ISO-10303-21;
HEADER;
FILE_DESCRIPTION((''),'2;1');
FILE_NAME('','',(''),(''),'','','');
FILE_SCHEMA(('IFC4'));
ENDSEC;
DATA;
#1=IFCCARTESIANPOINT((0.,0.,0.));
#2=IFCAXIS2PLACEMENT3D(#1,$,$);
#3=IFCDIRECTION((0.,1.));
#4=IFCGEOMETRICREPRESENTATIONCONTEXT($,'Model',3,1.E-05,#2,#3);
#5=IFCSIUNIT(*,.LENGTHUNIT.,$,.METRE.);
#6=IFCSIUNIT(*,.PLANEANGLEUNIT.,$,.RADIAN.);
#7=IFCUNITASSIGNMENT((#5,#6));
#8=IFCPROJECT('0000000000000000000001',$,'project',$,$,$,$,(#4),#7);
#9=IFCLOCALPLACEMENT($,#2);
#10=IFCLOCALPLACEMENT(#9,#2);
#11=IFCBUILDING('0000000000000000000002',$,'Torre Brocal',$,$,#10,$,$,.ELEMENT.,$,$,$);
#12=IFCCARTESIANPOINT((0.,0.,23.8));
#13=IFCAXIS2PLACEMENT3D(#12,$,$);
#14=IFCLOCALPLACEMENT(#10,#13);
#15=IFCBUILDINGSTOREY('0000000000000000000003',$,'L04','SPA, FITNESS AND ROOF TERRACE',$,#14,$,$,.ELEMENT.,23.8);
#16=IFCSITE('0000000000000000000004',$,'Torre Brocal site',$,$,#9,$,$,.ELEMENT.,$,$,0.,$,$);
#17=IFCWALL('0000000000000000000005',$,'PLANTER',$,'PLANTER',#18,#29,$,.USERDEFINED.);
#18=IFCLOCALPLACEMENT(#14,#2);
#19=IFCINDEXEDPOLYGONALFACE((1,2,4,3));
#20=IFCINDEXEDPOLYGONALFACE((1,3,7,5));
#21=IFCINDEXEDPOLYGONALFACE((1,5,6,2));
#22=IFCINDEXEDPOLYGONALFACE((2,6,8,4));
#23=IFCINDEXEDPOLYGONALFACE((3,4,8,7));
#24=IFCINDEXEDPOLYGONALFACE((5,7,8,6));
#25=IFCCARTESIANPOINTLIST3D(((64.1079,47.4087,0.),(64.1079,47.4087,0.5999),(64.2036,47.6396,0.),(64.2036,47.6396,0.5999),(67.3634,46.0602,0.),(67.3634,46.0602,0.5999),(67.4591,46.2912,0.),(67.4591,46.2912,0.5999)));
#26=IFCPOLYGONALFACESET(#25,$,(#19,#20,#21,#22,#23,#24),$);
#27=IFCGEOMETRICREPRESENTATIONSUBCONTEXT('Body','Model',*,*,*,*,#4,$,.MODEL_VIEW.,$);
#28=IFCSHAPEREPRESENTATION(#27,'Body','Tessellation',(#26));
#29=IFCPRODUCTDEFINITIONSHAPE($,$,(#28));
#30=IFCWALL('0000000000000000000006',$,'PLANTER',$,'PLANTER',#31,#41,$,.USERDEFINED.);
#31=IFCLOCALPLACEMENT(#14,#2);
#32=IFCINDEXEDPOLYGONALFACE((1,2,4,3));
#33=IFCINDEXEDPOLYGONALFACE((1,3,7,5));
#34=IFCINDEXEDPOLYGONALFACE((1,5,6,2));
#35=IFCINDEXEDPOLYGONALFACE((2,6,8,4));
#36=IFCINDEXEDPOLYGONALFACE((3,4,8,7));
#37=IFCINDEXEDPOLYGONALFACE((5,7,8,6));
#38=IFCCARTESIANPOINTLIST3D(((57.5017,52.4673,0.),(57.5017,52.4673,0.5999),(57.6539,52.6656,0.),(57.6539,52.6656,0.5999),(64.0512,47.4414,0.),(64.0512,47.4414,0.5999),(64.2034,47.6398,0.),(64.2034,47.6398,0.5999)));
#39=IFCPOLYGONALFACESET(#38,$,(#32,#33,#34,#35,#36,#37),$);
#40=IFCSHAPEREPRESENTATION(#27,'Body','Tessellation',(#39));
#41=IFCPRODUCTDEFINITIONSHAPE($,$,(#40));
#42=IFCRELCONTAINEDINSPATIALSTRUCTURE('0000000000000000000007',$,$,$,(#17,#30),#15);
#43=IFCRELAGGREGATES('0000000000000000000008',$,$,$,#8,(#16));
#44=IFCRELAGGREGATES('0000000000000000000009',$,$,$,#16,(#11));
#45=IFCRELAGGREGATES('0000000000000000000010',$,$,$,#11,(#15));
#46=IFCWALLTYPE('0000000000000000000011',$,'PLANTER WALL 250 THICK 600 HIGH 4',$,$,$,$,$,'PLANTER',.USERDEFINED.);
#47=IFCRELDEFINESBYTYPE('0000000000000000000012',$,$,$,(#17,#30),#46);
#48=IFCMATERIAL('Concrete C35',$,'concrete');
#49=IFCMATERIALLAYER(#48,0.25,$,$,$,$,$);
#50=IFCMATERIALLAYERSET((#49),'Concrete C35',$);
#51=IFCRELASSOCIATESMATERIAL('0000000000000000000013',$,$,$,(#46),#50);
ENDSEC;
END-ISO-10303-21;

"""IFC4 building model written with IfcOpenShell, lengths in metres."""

from ifc_helpers import new_model, si_unit, direction, frame, frame_2d, origin, place, context, subcontext, project, spatial, rectangle, extrude, material, layer, layer_set, type_object, element, save


model = new_model("IFC4")

# Units and contexts
model_context = context("Model", 3, precision=1e-05, world=origin(), true_north=direction((0.0, 1.0)))
body_context = subcontext(model_context, "Body", "Model", "MODEL_VIEW")
ifc_project = project(units=[si_unit("LENGTHUNIT", "METRE"), si_unit("PLANEANGLEUNIT", "RADIAN")], contexts=[model_context])

# Site, building, storey
site_placement = place(None, origin())
site = spatial("IfcSite", under=ifc_project, at=site_placement, Name="Torre Brocal site", CompositionType="ELEMENT", RefElevation=0.0)
building_placement = place(site_placement, origin())
building = spatial("IfcBuilding", under=site, at=building_placement, Name="Torre Brocal", CompositionType="ELEMENT")
storey_placement = place(building_placement, frame((0.0, 0.0, 23.8)))
storey = spatial("IfcBuildingStorey", under=building, at=storey_placement, Name="L04", Description="SPA, FITNESS AND ROOF TERRACE", CompositionType="ELEMENT", Elevation=23.8)

# Walls
ifc_material_1 = material(Name="Concrete C35", Category="concrete")
ifc_layer_1 = layer(ifc_material_1, 0.25)
ifc_layer_set_1 = layer_set([ifc_layer_1], Name="Concrete C35")
wall_type_1 = type_object("IfcWallType", Name="PLANTER WALL 250 THICK 600 HIGH 4", ElementType="PLANTER", PredefinedType="USERDEFINED", material=ifc_layer_set_1)
for number, where, z_axis, x_axis, name in (
    (1, (67.4111, 46.1758, 0.0), (0.0, 0.0, 1.0), (-0.923883, 0.382676, 0.0), "PLANTER"),
):
    element("IfcWall", number, at=place(storey_placement, frame(where, z_axis=z_axis, x_axis=x_axis)), inside=storey, type_object=wall_type_1, Name=name, ObjectType="PLANTER", PredefinedType="USERDEFINED", context=body_context, shape_type="SweptSolid", body=[
        extrude(rectangle(XDim=3.5237, YDim=0.25, at=frame_2d((1.7617, 0.0))), origin(), (0.0, 0.0, 1.0), 0.5999),
    ])
wall_1_placement = place(storey_placement, frame((64.1274, 47.5405, 0.0), z_axis=(0.0, 0.0, 1.0), x_axis=(-0.79334, 0.608779, 0.0)))
element("IfcWall", 2, at=wall_1_placement, inside=storey, type_object=wall_type_1, Name="PLANTER", ObjectType="PLANTER", PredefinedType="USERDEFINED", context=body_context, shape_type="SweptSolid", body=[
    extrude(rectangle(XDim=8.2556, YDim=0.25, at=frame_2d((4.1279, 0.0))), origin(), (0.0, 0.0, 1.0), 0.5999),
])

save(model, "model.ifc")
